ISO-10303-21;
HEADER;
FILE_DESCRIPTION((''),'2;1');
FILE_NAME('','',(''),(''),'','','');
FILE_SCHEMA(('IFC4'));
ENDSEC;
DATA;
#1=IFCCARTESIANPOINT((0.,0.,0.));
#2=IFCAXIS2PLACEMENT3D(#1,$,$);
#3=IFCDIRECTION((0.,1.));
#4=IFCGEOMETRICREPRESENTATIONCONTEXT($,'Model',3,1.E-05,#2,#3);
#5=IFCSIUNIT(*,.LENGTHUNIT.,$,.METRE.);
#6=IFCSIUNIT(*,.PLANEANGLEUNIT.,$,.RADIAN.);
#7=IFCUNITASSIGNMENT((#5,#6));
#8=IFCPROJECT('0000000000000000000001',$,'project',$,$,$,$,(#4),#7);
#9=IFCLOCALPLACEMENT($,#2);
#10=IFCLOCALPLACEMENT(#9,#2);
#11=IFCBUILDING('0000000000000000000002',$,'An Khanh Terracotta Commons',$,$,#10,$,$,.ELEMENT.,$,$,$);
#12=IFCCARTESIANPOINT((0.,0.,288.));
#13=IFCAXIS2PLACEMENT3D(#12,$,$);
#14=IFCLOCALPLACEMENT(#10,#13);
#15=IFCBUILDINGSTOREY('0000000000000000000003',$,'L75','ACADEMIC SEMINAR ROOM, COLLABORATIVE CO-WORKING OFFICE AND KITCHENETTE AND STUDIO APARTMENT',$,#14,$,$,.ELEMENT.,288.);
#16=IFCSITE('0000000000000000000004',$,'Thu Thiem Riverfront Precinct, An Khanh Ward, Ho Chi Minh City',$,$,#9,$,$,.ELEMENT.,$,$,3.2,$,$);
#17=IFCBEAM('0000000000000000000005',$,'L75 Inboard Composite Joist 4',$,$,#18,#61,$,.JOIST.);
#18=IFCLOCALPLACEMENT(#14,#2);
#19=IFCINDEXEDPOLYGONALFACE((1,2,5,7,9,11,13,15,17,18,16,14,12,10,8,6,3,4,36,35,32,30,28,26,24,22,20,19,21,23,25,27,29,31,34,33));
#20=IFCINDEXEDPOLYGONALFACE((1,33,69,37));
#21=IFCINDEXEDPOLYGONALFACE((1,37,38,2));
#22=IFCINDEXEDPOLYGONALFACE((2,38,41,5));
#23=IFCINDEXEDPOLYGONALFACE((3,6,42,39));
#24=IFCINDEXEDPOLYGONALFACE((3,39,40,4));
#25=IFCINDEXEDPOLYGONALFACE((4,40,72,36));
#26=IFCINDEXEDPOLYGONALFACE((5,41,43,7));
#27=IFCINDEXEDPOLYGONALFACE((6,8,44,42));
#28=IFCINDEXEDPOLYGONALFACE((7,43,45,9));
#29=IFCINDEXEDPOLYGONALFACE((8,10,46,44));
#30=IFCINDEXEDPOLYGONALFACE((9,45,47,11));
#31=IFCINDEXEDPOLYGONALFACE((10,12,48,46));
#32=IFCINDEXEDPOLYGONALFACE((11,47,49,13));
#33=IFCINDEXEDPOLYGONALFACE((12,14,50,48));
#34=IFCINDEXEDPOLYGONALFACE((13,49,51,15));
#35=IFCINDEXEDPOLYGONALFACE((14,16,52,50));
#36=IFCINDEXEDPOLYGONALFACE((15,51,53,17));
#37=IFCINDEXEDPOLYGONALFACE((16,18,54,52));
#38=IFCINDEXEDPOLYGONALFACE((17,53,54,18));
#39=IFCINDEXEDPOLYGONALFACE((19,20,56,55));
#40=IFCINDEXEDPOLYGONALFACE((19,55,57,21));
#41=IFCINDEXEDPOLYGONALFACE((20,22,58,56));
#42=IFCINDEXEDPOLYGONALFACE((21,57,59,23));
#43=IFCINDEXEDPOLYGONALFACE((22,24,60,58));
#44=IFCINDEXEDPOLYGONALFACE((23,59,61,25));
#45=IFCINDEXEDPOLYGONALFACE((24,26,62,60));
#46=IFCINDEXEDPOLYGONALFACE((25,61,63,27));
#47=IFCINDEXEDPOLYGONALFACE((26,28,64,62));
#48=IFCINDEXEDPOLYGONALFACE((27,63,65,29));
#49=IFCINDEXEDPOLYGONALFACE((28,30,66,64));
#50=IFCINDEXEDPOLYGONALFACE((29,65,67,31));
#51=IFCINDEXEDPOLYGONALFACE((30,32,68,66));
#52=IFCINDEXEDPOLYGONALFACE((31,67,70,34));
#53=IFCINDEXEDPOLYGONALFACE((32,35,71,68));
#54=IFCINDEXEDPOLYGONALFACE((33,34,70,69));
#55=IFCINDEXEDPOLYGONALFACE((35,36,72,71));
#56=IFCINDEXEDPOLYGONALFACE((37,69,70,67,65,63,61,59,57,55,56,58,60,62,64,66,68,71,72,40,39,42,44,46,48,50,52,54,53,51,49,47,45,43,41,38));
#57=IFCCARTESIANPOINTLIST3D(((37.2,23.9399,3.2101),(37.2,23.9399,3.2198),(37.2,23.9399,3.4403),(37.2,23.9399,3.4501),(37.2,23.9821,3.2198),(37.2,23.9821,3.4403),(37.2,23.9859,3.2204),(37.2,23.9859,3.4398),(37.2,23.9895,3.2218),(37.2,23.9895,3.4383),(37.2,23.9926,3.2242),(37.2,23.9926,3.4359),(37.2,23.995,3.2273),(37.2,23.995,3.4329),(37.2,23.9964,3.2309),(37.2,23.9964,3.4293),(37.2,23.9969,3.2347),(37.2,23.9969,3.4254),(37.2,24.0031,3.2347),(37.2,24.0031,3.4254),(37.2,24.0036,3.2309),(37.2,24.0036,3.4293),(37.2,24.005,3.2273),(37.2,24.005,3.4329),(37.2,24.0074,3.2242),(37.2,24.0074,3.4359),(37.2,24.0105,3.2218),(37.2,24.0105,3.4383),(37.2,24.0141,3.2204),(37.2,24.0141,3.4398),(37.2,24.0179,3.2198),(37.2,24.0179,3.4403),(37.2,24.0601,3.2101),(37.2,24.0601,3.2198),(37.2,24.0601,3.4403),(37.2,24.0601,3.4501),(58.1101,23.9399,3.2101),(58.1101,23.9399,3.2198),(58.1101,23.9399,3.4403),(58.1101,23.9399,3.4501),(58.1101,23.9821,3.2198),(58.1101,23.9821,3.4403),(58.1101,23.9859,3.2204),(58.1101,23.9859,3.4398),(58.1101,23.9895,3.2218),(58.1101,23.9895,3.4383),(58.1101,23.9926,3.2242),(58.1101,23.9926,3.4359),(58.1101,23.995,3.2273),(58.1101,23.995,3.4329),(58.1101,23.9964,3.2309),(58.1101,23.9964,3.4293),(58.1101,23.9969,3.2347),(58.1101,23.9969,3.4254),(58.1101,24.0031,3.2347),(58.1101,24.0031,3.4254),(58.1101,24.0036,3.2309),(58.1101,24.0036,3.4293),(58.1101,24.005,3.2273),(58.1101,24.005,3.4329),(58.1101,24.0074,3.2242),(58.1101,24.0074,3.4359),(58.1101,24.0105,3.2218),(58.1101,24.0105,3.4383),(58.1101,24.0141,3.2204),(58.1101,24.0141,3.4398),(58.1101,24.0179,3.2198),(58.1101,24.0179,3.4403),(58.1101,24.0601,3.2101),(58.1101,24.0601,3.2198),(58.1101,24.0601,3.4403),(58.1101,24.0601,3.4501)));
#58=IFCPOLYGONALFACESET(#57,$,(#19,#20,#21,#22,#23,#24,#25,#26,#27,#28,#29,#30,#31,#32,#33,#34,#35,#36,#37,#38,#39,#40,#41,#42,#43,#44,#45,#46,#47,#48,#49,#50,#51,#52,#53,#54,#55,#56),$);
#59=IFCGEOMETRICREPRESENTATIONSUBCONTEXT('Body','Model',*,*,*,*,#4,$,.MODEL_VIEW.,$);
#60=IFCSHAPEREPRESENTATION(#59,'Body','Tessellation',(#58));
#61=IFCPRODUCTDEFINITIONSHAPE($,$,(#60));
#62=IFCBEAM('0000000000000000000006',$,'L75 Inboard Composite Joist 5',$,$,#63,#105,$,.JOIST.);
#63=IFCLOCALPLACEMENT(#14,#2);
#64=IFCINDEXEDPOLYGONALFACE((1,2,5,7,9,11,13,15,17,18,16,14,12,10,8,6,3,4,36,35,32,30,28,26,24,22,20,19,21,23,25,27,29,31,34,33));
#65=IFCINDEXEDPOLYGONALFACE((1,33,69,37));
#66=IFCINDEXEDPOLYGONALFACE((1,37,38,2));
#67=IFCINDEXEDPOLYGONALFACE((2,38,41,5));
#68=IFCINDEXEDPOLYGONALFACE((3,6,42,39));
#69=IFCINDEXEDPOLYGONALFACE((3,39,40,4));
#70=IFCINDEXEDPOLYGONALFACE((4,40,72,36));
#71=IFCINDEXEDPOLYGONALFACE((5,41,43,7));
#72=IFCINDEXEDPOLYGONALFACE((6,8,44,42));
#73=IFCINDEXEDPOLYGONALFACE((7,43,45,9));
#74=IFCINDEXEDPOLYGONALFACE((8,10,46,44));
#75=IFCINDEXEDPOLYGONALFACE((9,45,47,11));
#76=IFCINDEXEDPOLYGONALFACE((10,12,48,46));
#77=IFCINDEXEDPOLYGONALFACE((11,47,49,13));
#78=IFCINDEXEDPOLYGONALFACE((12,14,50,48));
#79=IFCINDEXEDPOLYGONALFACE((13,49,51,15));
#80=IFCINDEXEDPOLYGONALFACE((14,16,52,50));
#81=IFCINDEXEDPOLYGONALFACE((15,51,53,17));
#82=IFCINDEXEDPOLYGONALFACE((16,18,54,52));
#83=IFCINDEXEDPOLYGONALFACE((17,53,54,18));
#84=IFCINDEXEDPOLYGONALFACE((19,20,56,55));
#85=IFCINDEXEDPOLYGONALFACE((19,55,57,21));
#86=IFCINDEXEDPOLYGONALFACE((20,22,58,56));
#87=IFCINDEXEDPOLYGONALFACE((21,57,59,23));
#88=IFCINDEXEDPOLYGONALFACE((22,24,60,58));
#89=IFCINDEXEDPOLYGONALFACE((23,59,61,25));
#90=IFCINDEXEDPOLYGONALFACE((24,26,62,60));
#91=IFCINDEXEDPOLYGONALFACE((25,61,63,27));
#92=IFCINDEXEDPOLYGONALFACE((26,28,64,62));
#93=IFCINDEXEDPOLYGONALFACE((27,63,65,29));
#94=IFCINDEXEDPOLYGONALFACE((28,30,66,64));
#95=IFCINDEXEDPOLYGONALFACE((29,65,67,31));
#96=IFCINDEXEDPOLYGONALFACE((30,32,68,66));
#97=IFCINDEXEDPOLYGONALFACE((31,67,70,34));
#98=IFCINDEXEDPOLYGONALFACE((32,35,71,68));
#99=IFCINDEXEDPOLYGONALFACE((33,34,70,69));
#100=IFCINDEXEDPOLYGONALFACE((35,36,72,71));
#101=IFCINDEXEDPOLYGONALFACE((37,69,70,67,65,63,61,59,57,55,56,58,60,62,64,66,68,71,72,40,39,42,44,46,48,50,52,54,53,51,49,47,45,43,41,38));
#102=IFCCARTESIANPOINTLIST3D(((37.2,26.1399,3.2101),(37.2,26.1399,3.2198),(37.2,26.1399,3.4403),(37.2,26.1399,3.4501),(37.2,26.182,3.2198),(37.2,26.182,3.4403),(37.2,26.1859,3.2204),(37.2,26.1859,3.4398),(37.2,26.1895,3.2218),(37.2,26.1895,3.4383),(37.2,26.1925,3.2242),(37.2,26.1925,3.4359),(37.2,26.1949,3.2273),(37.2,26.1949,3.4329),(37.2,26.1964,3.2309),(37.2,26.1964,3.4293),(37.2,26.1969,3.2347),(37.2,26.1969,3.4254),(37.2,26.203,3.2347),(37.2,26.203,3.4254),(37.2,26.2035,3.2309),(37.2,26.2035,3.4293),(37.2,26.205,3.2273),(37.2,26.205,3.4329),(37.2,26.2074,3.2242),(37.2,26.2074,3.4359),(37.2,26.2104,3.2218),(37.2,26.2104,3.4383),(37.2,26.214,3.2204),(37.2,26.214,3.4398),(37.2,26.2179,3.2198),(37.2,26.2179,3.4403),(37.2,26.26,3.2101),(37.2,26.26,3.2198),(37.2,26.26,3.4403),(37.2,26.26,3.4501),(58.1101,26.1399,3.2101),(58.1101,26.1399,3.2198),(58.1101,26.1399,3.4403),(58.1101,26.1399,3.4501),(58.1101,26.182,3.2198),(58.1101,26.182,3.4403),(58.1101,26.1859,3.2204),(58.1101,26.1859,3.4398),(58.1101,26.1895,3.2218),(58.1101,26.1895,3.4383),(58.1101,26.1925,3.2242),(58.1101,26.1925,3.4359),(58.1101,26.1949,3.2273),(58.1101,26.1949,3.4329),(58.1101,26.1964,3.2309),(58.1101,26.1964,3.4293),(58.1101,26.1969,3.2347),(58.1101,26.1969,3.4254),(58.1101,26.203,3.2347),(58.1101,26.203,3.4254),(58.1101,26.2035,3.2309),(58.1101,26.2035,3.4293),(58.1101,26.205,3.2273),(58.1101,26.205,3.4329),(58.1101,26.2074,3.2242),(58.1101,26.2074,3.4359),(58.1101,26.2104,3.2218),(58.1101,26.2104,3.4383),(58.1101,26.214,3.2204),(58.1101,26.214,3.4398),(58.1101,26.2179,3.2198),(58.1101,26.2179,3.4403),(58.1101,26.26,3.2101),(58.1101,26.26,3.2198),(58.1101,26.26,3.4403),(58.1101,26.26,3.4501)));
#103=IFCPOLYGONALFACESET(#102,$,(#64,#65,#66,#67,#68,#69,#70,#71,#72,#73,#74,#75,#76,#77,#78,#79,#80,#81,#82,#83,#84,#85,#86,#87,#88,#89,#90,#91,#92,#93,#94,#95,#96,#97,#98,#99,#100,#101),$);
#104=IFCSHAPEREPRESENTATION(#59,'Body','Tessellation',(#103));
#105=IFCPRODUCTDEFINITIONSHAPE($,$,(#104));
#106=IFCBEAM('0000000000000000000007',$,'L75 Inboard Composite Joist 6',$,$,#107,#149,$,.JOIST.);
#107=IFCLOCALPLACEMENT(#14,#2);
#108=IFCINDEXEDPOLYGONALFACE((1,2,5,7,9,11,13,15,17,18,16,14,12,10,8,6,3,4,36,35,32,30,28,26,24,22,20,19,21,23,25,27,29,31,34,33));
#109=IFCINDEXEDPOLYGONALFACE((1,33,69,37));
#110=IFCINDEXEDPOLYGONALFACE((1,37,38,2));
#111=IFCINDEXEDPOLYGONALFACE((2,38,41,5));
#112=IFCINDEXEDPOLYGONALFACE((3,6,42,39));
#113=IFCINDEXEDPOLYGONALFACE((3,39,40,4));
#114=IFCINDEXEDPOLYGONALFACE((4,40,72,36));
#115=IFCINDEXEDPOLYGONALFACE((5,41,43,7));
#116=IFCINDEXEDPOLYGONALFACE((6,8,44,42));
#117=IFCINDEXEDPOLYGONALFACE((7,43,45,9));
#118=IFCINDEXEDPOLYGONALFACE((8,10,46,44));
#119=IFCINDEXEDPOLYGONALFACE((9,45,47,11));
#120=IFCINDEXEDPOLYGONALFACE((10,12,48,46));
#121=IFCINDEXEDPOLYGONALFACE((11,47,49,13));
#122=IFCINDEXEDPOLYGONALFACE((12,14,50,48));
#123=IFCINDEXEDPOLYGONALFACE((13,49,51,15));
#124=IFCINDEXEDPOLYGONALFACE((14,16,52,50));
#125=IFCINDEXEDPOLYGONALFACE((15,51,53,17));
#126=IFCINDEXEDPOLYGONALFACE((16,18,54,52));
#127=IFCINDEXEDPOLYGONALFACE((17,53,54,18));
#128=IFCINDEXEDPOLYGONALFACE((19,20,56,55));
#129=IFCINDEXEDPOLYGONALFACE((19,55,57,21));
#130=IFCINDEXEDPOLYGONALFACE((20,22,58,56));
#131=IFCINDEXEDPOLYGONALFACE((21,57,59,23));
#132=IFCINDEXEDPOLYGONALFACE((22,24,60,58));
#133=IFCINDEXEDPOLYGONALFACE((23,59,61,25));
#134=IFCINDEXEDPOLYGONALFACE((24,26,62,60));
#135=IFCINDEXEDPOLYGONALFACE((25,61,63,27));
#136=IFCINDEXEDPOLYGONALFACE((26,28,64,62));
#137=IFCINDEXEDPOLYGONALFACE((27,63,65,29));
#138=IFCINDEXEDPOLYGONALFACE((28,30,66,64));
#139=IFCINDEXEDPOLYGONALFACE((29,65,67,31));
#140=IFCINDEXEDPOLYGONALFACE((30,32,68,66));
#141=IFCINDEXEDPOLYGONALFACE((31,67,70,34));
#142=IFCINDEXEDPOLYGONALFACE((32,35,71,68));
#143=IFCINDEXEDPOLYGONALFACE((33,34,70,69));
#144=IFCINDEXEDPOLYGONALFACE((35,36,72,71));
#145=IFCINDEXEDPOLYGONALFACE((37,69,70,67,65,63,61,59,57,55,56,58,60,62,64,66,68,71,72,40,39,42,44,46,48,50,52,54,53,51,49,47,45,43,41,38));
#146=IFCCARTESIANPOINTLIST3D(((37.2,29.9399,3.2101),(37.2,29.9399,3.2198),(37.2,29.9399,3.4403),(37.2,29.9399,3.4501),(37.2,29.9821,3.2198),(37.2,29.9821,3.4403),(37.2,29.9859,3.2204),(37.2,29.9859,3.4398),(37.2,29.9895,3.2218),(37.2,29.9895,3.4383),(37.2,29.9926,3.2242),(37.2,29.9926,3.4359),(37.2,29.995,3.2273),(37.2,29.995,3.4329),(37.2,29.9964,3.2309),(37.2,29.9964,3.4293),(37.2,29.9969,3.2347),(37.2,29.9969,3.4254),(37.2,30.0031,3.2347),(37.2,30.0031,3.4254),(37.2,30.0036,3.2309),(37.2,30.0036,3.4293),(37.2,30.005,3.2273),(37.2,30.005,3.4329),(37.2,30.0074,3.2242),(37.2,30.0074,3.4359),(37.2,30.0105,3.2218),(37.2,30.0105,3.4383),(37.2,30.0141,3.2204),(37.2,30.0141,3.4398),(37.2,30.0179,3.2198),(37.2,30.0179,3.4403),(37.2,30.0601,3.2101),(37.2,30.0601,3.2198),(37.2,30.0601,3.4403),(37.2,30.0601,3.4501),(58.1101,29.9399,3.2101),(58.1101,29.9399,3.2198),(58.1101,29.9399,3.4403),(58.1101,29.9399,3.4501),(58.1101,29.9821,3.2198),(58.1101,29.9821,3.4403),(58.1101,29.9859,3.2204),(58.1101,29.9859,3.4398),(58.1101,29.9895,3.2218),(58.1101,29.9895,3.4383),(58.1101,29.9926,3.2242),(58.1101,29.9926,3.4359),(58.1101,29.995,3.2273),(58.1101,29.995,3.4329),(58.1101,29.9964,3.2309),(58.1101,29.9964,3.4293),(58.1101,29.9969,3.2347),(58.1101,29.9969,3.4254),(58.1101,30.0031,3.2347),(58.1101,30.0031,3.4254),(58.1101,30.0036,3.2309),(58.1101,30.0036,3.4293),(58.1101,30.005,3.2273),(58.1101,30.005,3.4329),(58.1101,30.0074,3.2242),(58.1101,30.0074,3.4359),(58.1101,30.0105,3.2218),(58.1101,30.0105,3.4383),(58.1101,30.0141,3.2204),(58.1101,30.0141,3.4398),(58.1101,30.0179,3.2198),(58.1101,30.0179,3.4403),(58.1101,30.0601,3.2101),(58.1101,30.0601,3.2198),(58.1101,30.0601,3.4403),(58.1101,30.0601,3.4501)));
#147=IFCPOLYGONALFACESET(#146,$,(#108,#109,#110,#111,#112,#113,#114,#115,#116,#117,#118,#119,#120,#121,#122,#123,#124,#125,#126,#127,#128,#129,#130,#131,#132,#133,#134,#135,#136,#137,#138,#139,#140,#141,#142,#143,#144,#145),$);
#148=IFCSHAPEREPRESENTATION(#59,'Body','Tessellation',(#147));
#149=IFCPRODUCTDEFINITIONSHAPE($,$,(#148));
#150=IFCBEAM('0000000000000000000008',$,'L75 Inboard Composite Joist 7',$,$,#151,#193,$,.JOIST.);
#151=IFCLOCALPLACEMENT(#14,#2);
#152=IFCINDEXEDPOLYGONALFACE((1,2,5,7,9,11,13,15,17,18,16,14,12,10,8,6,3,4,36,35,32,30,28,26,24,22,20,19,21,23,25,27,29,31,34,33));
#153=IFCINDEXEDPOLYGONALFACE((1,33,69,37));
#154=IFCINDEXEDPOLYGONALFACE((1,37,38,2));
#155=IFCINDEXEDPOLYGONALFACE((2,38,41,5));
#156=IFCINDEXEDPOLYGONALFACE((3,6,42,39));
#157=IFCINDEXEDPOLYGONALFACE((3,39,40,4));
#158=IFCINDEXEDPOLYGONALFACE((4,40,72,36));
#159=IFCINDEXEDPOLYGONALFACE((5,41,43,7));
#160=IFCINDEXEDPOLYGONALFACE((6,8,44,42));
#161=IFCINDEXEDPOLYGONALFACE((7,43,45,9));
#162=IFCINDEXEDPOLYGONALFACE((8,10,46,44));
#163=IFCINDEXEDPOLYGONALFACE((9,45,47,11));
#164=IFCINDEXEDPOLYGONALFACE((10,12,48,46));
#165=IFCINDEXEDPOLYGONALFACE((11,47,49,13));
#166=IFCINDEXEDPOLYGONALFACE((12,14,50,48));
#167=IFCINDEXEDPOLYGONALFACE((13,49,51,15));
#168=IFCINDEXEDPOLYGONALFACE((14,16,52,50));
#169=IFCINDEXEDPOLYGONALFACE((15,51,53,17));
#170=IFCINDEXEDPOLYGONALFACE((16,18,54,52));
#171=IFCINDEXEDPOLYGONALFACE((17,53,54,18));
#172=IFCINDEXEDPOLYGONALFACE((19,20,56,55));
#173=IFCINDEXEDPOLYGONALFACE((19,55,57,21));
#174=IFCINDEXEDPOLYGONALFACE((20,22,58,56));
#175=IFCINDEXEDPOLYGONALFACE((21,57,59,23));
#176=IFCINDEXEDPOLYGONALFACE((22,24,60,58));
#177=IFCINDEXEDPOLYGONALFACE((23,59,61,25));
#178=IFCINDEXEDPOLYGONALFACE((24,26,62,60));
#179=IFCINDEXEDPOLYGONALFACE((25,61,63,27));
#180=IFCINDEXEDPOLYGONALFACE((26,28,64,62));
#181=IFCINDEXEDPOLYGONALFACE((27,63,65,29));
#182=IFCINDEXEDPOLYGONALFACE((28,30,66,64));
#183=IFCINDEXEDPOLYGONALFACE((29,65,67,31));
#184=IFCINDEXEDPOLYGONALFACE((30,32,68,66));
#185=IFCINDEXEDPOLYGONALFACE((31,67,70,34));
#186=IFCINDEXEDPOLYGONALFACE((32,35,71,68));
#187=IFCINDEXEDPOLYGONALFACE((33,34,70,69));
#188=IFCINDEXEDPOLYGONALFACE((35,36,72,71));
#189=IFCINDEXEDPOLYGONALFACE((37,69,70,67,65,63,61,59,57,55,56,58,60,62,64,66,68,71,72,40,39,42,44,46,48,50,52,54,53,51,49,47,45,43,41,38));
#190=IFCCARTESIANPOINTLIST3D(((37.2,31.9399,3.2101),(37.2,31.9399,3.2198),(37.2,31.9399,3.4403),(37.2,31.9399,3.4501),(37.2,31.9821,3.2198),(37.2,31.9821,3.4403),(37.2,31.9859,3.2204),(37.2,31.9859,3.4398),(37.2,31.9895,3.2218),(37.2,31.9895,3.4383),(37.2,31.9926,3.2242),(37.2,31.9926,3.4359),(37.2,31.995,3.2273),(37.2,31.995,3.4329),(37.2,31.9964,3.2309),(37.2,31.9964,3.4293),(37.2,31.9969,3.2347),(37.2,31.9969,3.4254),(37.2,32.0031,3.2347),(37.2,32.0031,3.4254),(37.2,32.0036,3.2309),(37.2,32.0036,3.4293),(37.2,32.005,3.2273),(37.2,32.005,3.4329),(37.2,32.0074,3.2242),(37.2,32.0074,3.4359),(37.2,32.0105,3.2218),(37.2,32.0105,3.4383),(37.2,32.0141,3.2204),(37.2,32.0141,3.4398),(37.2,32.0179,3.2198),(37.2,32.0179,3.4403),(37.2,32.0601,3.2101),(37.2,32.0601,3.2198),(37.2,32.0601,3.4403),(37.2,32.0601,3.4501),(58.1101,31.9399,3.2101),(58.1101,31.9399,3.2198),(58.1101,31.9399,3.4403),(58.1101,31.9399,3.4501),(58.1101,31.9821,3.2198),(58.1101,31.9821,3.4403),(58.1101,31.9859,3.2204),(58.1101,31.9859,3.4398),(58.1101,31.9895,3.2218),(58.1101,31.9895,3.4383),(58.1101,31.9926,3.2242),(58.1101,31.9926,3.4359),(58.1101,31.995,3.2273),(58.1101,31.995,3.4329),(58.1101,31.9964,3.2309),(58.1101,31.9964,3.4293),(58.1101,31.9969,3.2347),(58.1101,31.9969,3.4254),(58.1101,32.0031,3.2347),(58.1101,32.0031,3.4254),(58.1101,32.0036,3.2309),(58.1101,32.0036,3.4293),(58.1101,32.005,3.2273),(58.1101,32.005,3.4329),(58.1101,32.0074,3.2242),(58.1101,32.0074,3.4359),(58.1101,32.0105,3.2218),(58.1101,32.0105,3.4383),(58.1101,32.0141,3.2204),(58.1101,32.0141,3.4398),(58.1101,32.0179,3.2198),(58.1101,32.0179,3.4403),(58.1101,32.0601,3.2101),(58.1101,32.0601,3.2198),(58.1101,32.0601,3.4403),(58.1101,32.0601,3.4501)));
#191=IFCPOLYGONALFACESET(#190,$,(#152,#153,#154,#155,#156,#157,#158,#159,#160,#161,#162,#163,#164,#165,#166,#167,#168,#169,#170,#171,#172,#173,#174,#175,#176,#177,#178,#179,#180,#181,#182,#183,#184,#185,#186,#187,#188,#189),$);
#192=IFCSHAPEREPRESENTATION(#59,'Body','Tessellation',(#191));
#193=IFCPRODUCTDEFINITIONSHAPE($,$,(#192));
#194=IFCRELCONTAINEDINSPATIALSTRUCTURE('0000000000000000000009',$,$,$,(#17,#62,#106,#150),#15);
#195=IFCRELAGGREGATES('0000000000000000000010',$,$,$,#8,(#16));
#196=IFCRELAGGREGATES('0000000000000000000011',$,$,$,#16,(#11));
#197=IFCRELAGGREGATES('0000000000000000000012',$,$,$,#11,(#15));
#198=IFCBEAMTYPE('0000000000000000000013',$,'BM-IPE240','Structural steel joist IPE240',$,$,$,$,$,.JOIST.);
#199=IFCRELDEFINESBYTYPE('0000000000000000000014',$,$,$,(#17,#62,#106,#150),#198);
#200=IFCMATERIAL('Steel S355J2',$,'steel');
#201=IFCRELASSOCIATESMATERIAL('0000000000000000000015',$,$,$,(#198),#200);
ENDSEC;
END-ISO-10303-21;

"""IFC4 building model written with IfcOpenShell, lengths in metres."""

from ifc_helpers import new_model, si_unit, direction, frame, origin, origin_2d, place, context, subcontext, project, spatial, i_section, extrude, material, material_profile, profile_set, type_object, element, save


model = new_model("IFC4")

# Units and contexts
model_context = context("Model", 3, precision=1e-05, world=origin(), true_north=direction((0.0, 1.0)))
body_context = subcontext(model_context, "Body", "Model", "MODEL_VIEW")
ifc_project = project(units=[si_unit("LENGTHUNIT", "METRE"), si_unit("PLANEANGLEUNIT", "RADIAN")], contexts=[model_context])

# Site, building, storey
site_placement = place(None, origin())
site = spatial("IfcSite", under=ifc_project, at=site_placement, Name="Thu Thiem Riverfront Precinct, An Khanh Ward, Ho Chi Minh City", CompositionType="ELEMENT", RefElevation=3.2)
building_placement = place(site_placement, origin())
building = spatial("IfcBuilding", under=site, at=building_placement, Name="An Khanh Terracotta Commons", CompositionType="ELEMENT")
storey_placement = place(building_placement, frame((0.0, 0.0, 288.0)))
storey = spatial("IfcBuildingStorey", under=building, at=storey_placement, Name="L75", Description="ACADEMIC SEMINAR ROOM, COLLABORATIVE CO-WORKING OFFICE AND KITCHENETTE AND STUDIO APARTMENT", CompositionType="ELEMENT", Elevation=288.0)

# Beams
ifc_material_1 = material(Name="Steel S355J2", Category="steel")
ifc_material_profile_1 = material_profile(ifc_material_1, i_section(OverallWidth=0.1201, OverallDepth=0.24, WebThickness=0.0061, FlangeThickness=0.0098, FilletRadius=0.0149, at=origin_2d()), Name="IPE240")
ifc_profile_set_1 = profile_set([ifc_material_profile_1], Name="Steel S355J2")
beam_type_1 = type_object("IfcBeamType", Name="BM-IPE240", Description="Structural steel joist IPE240", PredefinedType="JOIST", material=ifc_profile_set_1)
for number, where, z_axis, x_axis, name in (
    (1, (37.2, 24.0, 3.3301), (1.0, 0.0, 0.0), (0.0, 1.0, 0.0), "L75 Inboard Composite Joist 4"),
    (2, (37.2, 26.2, 3.3301), (1.0, 0.0, 0.0), (0.0, 1.0, 0.0), "L75 Inboard Composite Joist 5"),
    (3, (37.2, 30.0, 3.3301), (1.0, 0.0, 0.0), (0.0, 1.0, 0.0), "L75 Inboard Composite Joist 6"),
    (4, (37.2, 32.0, 3.3301), (1.0, 0.0, 0.0), (0.0, 1.0, 0.0), "L75 Inboard Composite Joist 7"),
):
    element("IfcBeam", number, at=place(storey_placement, frame(where, z_axis=z_axis, x_axis=x_axis)), inside=storey, type_object=beam_type_1, Name=name, PredefinedType="JOIST", context=body_context, shape_type="SweptSolid", body=[
        extrude(i_section(OverallWidth=0.1201, OverallDepth=0.24, WebThickness=0.0061, FlangeThickness=0.0098, FilletRadius=0.0149, at=origin_2d()), origin(), (0.0, 0.0, 1.0), 20.9102),
    ])

save(model, "model.ifc")
